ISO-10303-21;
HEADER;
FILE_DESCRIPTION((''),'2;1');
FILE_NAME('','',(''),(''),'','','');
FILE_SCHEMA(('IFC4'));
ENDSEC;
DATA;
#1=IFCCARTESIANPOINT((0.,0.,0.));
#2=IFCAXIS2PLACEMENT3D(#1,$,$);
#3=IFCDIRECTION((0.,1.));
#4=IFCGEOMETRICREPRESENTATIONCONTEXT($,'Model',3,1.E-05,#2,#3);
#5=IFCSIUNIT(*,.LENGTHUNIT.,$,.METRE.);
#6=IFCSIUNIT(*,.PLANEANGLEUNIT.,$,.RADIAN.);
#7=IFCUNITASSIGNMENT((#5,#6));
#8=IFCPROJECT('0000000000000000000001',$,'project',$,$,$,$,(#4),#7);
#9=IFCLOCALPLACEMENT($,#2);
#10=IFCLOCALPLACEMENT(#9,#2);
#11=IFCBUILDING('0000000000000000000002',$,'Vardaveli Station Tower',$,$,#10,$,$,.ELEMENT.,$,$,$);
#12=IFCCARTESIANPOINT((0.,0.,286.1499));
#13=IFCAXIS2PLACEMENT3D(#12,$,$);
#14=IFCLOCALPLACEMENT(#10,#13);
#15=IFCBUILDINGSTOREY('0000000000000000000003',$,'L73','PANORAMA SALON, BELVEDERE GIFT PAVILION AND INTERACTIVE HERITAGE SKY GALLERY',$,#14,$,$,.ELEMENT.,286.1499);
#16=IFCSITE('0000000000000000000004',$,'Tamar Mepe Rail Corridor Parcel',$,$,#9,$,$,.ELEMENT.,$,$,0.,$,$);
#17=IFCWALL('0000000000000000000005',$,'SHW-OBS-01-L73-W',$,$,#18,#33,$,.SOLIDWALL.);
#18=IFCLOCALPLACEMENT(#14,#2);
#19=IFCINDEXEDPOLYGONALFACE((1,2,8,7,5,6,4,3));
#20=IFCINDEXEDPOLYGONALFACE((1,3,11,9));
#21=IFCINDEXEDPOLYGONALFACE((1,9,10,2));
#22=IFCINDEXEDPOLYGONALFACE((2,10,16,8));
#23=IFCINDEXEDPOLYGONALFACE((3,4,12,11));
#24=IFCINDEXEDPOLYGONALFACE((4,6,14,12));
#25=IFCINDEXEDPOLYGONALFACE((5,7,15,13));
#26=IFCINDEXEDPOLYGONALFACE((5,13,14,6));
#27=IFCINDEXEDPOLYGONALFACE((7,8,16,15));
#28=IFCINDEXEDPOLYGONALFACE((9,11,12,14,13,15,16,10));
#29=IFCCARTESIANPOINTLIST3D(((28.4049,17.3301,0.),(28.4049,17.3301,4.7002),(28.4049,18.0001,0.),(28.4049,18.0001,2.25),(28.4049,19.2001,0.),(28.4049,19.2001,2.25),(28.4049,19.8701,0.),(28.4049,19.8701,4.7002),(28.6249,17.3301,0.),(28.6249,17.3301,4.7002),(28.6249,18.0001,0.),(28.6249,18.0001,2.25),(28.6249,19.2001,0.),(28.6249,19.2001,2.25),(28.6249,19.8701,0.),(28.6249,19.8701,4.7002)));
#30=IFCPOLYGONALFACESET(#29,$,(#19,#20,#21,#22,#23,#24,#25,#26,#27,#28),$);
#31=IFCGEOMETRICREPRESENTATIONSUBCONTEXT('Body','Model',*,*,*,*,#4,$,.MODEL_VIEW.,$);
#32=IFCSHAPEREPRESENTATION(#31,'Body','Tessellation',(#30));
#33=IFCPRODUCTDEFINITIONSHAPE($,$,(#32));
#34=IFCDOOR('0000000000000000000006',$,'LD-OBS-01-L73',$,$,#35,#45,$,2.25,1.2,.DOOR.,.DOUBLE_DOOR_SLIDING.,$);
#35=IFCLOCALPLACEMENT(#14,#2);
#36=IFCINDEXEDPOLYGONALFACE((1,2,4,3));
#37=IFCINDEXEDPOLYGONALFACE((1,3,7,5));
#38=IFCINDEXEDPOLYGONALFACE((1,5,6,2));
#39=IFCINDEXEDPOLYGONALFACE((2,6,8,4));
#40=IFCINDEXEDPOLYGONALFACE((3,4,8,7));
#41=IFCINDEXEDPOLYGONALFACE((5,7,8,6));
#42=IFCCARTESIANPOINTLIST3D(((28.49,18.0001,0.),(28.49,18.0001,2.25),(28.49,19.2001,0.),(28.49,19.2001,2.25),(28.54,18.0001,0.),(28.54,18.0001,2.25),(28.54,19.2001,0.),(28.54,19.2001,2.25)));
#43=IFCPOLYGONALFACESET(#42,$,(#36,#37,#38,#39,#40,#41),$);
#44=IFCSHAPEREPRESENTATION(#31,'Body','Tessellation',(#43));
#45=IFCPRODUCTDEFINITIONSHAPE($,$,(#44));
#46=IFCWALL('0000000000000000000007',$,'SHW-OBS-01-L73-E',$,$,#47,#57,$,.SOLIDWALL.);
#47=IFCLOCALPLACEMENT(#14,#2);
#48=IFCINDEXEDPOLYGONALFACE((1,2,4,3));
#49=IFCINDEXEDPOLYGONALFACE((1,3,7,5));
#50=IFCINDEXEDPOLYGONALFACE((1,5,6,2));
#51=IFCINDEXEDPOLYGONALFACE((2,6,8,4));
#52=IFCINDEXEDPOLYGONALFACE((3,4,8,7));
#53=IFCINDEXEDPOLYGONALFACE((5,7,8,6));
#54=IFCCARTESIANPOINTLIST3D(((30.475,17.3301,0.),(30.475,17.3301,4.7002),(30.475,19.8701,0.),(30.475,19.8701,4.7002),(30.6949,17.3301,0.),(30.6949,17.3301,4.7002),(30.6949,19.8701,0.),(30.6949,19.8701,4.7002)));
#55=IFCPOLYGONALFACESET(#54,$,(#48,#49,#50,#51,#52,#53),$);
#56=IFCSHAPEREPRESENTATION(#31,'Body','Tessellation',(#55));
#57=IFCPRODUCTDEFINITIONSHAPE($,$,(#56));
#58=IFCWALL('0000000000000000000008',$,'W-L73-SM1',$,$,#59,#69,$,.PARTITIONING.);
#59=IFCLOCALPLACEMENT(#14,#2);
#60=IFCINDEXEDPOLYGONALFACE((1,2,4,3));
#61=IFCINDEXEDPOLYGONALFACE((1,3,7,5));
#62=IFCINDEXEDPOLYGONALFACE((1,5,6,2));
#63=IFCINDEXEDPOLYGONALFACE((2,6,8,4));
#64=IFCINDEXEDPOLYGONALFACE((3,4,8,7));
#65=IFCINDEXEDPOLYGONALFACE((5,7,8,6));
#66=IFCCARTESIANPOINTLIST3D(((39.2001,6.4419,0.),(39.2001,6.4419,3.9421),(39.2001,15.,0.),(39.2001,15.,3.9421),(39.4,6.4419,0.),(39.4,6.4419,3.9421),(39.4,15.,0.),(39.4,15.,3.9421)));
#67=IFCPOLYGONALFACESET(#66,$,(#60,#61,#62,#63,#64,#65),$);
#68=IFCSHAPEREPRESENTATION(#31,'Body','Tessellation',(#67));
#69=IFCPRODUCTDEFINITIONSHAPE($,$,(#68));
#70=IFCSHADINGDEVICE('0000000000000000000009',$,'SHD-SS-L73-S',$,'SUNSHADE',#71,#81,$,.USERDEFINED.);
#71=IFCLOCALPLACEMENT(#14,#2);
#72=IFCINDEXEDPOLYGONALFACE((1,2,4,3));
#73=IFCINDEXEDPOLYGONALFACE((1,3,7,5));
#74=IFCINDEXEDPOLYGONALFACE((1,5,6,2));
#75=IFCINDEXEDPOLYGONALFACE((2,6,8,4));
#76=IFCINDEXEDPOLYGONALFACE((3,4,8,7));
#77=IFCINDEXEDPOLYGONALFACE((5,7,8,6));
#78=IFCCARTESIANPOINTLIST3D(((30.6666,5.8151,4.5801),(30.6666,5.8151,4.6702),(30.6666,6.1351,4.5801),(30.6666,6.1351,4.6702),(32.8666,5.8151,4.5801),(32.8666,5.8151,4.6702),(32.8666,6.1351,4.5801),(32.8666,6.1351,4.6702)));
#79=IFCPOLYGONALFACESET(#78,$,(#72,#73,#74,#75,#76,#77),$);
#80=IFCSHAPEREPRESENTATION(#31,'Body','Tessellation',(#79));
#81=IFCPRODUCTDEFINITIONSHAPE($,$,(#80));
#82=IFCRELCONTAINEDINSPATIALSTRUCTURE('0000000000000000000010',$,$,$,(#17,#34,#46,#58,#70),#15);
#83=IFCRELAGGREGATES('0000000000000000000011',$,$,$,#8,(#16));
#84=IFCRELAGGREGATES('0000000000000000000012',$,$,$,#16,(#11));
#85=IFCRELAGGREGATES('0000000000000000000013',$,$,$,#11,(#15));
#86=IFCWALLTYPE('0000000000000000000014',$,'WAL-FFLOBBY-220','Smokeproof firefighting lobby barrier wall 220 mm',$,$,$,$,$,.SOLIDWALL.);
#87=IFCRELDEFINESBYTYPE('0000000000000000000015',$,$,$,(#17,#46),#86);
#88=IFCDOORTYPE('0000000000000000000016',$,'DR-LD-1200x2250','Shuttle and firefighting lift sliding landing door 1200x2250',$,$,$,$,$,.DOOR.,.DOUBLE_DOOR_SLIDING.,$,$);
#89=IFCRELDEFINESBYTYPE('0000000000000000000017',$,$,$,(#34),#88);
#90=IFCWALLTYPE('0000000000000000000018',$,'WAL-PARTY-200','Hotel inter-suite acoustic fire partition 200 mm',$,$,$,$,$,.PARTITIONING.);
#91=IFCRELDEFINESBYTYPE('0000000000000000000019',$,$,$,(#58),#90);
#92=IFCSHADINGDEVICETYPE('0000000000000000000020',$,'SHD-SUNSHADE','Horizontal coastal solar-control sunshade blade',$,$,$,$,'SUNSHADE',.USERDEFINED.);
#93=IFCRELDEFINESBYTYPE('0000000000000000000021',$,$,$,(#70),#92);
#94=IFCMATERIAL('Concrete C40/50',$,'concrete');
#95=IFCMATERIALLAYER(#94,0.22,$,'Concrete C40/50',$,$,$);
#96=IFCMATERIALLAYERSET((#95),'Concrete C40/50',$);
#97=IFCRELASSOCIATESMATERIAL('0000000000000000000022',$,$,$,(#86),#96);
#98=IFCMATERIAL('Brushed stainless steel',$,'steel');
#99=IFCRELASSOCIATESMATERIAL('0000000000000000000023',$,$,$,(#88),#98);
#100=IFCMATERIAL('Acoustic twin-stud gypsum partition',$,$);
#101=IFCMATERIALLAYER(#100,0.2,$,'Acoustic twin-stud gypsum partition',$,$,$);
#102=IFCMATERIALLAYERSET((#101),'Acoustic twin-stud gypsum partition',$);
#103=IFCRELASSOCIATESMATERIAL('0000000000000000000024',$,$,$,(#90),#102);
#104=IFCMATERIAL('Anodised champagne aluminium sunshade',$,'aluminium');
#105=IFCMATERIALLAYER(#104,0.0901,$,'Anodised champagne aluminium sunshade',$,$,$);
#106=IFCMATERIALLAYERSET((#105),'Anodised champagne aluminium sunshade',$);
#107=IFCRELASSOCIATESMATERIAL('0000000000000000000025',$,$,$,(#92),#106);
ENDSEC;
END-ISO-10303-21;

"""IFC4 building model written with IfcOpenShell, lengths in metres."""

from ifc_helpers import new_model, si_unit, direction, frame, frame_2d, origin, origin_2d, place, context, subcontext, project, spatial, rectangle, extrude, source, transform, mapped, material, layer, layer_set, type_object, element, fill, save


model = new_model("IFC4")

# Units and contexts
model_context = context("Model", 3, precision=1e-05, world=origin(), true_north=direction((0.0, 1.0)))
body_context = subcontext(model_context, "Body", "Model", "MODEL_VIEW")
ifc_project = project(units=[si_unit("LENGTHUNIT", "METRE"), si_unit("PLANEANGLEUNIT", "RADIAN")], contexts=[model_context])

# Site, building, storey
site_placement = place(None, origin())
site = spatial("IfcSite", under=ifc_project, at=site_placement, Name="Tamar Mepe Rail Corridor Parcel", CompositionType="ELEMENT", RefElevation=0.0)
building_placement = place(site_placement, origin())
building = spatial("IfcBuilding", under=site, at=building_placement, Name="Vardaveli Station Tower", CompositionType="ELEMENT")
storey_placement = place(building_placement, frame((0.0, 0.0, 286.1499)))
storey = spatial("IfcBuildingStorey", under=building, at=storey_placement, Name="L73", Description="PANORAMA SALON, BELVEDERE GIFT PAVILION AND INTERACTIVE HERITAGE SKY GALLERY", CompositionType="ELEMENT", Elevation=286.1499)

# Wall, opening, door
ifc_material_1 = material(Name="Concrete C40/50", Category="concrete")
ifc_layer_1 = layer(ifc_material_1, 0.22, Name="Concrete C40/50")
ifc_layer_set_1 = layer_set([ifc_layer_1], Name="Concrete C40/50")
wall_type_1 = type_object("IfcWallType", Name="WAL-FFLOBBY-220", Description="Smokeproof firefighting lobby barrier wall 220 mm", PredefinedType="SOLIDWALL", material=ifc_layer_set_1)
shared_shape_1 = source(origin(), body_context, "Body", "SweptSolid", [
    extrude(rectangle(XDim=2.54, YDim=0.22, at=frame_2d((1.27, 0.0))), origin(), (0.0, 0.0, 1.0), 4.7002),
])
wall_1_placement = place(storey_placement, frame((28.5149, 17.3301, 0.0), z_axis=(0.0, 0.0, 1.0), x_axis=(0.0, 1.0, 0.0)))
wall_1 = element("IfcWall", 1, at=wall_1_placement, inside=storey, type_object=wall_type_1, Name="SHW-OBS-01-L73-W", PredefinedType="SOLIDWALL", context=body_context, shape_type="MappedRepresentation", body=[
    mapped(shared_shape_1, transform((0.0, 0.0, 0.0), scale=1.0)),
])
shared_shape_2 = source(origin(), body_context, "Body", "SweptSolid", [
    extrude(rectangle(XDim=1.2, YDim=2.25, at=frame_2d((0.6001, 1.125))), frame((0.0, 0.1201, 0.0), z_axis=(0.0, -1.0, 0.0), x_axis=(1.0, 0.0, 0.0)), (0.0, 0.0, 1.0), 0.24),
])
opening_1_placement = place(wall_1_placement, frame((0.6699, 0.0, 0.0)))
opening_1 = element("IfcOpeningElement", 2, at=opening_1_placement, cuts=wall_1, PredefinedType="OPENING", context=body_context, shape_type="MappedRepresentation", body=[
    mapped(shared_shape_2, transform((0.0, 0.0, 0.0), scale=1.0)),
])
ifc_material_2 = material(Name="Brushed stainless steel", Category="steel")
door_type = type_object("IfcDoorType", Name="DR-LD-1200x2250", Description="Shuttle and firefighting lift sliding landing door 1200x2250", OperationType="DOUBLE_DOOR_SLIDING", PredefinedType="DOOR", material=ifc_material_2)
shared_shape_3 = source(origin(), body_context, "Body", "SweptSolid", [
    extrude(rectangle(XDim=1.2, YDim=2.25, at=frame_2d((0.6001, 1.125))), frame((0.0, 0.0249, 0.0), z_axis=(0.0, -1.0, 0.0), x_axis=(1.0, 0.0, 0.0)), (0.0, 0.0, 1.0), 0.05),
])
door_placement = place(opening_1_placement, origin())
door = element("IfcDoor", 3, at=door_placement, inside=storey, type_object=door_type, Name="LD-OBS-01-L73", OperationType="DOUBLE_DOOR_SLIDING", OverallHeight=2.25, OverallWidth=1.2, PredefinedType="DOOR", context=body_context, shape_type="MappedRepresentation", body=[
    mapped(shared_shape_3, transform((0.0, 0.0, 0.0), scale=1.0)),
])
fill(opening_1, door)

# Walls
wall_2_placement = place(storey_placement, frame((30.585, 17.3301, 0.0), z_axis=(0.0, 0.0, 1.0), x_axis=(0.0, 1.0, 0.0)))
element("IfcWall", 4, at=wall_2_placement, inside=storey, type_object=wall_type_1, Name="SHW-OBS-01-L73-E", PredefinedType="SOLIDWALL", context=body_context, shape_type="MappedRepresentation", body=[
    mapped(shared_shape_1, transform((0.0, 0.0, 0.0), scale=1.0)),
])
ifc_material_3 = material(Name="Acoustic twin-stud gypsum partition")
ifc_layer_2 = layer(ifc_material_3, 0.2, Name="Acoustic twin-stud gypsum partition")
ifc_layer_set_2 = layer_set([ifc_layer_2], Name="Acoustic twin-stud gypsum partition")
wall_type_2 = type_object("IfcWallType", Name="WAL-PARTY-200", Description="Hotel inter-suite acoustic fire partition 200 mm", PredefinedType="PARTITIONING", material=ifc_layer_set_2)
shared_shape_4 = source(origin(), body_context, "Body", "SweptSolid", [
    extrude(rectangle(XDim=8.5581, YDim=0.2, at=frame_2d((4.2791, 0.0))), origin(), (0.0, 0.0, 1.0), 3.9421),
])
wall_3_placement = place(storey_placement, frame((39.3, 6.4419, 0.0), z_axis=(0.0, 0.0, 1.0), x_axis=(0.0, 1.0, 0.0)))
element("IfcWall", 5, at=wall_3_placement, inside=storey, type_object=wall_type_2, Name="W-L73-SM1", PredefinedType="PARTITIONING", context=body_context, shape_type="MappedRepresentation", body=[
    mapped(shared_shape_4, transform((0.0, 0.0, 0.0), scale=1.0)),
])

# Shading device
ifc_material_4 = material(Name="Anodised champagne aluminium sunshade", Category="aluminium")
ifc_layer_3 = layer(ifc_material_4, 0.0901, Name="Anodised champagne aluminium sunshade")
ifc_layer_set_3 = layer_set([ifc_layer_3], Name="Anodised champagne aluminium sunshade")
shading_device_type = type_object("IfcShadingDeviceType", Name="SHD-SUNSHADE", Description="Horizontal coastal solar-control sunshade blade", ElementType="SUNSHADE", PredefinedType="USERDEFINED", material=ifc_layer_set_3)
shared_shape_5 = source(origin(), body_context, "Body", "SweptSolid", [
    extrude(rectangle(XDim=2.2, YDim=0.3201, at=origin_2d()), origin(), (0.0, 0.0, 1.0), 0.0901),
])
shading_device_placement = place(storey_placement, frame((31.7666, 5.9751, 4.5801), z_axis=(0.0, 0.0, 1.0), x_axis=(1.0, 0.0, 0.0)))
element("IfcShadingDevice", 6, at=shading_device_placement, inside=storey, type_object=shading_device_type, Name="SHD-SS-L73-S", ObjectType="SUNSHADE", PredefinedType="USERDEFINED", context=body_context, shape_type="MappedRepresentation", body=[
    mapped(shared_shape_5, transform((0.0, 0.0, 0.0), scale=1.0)),
])

save(model, "model.ifc")
